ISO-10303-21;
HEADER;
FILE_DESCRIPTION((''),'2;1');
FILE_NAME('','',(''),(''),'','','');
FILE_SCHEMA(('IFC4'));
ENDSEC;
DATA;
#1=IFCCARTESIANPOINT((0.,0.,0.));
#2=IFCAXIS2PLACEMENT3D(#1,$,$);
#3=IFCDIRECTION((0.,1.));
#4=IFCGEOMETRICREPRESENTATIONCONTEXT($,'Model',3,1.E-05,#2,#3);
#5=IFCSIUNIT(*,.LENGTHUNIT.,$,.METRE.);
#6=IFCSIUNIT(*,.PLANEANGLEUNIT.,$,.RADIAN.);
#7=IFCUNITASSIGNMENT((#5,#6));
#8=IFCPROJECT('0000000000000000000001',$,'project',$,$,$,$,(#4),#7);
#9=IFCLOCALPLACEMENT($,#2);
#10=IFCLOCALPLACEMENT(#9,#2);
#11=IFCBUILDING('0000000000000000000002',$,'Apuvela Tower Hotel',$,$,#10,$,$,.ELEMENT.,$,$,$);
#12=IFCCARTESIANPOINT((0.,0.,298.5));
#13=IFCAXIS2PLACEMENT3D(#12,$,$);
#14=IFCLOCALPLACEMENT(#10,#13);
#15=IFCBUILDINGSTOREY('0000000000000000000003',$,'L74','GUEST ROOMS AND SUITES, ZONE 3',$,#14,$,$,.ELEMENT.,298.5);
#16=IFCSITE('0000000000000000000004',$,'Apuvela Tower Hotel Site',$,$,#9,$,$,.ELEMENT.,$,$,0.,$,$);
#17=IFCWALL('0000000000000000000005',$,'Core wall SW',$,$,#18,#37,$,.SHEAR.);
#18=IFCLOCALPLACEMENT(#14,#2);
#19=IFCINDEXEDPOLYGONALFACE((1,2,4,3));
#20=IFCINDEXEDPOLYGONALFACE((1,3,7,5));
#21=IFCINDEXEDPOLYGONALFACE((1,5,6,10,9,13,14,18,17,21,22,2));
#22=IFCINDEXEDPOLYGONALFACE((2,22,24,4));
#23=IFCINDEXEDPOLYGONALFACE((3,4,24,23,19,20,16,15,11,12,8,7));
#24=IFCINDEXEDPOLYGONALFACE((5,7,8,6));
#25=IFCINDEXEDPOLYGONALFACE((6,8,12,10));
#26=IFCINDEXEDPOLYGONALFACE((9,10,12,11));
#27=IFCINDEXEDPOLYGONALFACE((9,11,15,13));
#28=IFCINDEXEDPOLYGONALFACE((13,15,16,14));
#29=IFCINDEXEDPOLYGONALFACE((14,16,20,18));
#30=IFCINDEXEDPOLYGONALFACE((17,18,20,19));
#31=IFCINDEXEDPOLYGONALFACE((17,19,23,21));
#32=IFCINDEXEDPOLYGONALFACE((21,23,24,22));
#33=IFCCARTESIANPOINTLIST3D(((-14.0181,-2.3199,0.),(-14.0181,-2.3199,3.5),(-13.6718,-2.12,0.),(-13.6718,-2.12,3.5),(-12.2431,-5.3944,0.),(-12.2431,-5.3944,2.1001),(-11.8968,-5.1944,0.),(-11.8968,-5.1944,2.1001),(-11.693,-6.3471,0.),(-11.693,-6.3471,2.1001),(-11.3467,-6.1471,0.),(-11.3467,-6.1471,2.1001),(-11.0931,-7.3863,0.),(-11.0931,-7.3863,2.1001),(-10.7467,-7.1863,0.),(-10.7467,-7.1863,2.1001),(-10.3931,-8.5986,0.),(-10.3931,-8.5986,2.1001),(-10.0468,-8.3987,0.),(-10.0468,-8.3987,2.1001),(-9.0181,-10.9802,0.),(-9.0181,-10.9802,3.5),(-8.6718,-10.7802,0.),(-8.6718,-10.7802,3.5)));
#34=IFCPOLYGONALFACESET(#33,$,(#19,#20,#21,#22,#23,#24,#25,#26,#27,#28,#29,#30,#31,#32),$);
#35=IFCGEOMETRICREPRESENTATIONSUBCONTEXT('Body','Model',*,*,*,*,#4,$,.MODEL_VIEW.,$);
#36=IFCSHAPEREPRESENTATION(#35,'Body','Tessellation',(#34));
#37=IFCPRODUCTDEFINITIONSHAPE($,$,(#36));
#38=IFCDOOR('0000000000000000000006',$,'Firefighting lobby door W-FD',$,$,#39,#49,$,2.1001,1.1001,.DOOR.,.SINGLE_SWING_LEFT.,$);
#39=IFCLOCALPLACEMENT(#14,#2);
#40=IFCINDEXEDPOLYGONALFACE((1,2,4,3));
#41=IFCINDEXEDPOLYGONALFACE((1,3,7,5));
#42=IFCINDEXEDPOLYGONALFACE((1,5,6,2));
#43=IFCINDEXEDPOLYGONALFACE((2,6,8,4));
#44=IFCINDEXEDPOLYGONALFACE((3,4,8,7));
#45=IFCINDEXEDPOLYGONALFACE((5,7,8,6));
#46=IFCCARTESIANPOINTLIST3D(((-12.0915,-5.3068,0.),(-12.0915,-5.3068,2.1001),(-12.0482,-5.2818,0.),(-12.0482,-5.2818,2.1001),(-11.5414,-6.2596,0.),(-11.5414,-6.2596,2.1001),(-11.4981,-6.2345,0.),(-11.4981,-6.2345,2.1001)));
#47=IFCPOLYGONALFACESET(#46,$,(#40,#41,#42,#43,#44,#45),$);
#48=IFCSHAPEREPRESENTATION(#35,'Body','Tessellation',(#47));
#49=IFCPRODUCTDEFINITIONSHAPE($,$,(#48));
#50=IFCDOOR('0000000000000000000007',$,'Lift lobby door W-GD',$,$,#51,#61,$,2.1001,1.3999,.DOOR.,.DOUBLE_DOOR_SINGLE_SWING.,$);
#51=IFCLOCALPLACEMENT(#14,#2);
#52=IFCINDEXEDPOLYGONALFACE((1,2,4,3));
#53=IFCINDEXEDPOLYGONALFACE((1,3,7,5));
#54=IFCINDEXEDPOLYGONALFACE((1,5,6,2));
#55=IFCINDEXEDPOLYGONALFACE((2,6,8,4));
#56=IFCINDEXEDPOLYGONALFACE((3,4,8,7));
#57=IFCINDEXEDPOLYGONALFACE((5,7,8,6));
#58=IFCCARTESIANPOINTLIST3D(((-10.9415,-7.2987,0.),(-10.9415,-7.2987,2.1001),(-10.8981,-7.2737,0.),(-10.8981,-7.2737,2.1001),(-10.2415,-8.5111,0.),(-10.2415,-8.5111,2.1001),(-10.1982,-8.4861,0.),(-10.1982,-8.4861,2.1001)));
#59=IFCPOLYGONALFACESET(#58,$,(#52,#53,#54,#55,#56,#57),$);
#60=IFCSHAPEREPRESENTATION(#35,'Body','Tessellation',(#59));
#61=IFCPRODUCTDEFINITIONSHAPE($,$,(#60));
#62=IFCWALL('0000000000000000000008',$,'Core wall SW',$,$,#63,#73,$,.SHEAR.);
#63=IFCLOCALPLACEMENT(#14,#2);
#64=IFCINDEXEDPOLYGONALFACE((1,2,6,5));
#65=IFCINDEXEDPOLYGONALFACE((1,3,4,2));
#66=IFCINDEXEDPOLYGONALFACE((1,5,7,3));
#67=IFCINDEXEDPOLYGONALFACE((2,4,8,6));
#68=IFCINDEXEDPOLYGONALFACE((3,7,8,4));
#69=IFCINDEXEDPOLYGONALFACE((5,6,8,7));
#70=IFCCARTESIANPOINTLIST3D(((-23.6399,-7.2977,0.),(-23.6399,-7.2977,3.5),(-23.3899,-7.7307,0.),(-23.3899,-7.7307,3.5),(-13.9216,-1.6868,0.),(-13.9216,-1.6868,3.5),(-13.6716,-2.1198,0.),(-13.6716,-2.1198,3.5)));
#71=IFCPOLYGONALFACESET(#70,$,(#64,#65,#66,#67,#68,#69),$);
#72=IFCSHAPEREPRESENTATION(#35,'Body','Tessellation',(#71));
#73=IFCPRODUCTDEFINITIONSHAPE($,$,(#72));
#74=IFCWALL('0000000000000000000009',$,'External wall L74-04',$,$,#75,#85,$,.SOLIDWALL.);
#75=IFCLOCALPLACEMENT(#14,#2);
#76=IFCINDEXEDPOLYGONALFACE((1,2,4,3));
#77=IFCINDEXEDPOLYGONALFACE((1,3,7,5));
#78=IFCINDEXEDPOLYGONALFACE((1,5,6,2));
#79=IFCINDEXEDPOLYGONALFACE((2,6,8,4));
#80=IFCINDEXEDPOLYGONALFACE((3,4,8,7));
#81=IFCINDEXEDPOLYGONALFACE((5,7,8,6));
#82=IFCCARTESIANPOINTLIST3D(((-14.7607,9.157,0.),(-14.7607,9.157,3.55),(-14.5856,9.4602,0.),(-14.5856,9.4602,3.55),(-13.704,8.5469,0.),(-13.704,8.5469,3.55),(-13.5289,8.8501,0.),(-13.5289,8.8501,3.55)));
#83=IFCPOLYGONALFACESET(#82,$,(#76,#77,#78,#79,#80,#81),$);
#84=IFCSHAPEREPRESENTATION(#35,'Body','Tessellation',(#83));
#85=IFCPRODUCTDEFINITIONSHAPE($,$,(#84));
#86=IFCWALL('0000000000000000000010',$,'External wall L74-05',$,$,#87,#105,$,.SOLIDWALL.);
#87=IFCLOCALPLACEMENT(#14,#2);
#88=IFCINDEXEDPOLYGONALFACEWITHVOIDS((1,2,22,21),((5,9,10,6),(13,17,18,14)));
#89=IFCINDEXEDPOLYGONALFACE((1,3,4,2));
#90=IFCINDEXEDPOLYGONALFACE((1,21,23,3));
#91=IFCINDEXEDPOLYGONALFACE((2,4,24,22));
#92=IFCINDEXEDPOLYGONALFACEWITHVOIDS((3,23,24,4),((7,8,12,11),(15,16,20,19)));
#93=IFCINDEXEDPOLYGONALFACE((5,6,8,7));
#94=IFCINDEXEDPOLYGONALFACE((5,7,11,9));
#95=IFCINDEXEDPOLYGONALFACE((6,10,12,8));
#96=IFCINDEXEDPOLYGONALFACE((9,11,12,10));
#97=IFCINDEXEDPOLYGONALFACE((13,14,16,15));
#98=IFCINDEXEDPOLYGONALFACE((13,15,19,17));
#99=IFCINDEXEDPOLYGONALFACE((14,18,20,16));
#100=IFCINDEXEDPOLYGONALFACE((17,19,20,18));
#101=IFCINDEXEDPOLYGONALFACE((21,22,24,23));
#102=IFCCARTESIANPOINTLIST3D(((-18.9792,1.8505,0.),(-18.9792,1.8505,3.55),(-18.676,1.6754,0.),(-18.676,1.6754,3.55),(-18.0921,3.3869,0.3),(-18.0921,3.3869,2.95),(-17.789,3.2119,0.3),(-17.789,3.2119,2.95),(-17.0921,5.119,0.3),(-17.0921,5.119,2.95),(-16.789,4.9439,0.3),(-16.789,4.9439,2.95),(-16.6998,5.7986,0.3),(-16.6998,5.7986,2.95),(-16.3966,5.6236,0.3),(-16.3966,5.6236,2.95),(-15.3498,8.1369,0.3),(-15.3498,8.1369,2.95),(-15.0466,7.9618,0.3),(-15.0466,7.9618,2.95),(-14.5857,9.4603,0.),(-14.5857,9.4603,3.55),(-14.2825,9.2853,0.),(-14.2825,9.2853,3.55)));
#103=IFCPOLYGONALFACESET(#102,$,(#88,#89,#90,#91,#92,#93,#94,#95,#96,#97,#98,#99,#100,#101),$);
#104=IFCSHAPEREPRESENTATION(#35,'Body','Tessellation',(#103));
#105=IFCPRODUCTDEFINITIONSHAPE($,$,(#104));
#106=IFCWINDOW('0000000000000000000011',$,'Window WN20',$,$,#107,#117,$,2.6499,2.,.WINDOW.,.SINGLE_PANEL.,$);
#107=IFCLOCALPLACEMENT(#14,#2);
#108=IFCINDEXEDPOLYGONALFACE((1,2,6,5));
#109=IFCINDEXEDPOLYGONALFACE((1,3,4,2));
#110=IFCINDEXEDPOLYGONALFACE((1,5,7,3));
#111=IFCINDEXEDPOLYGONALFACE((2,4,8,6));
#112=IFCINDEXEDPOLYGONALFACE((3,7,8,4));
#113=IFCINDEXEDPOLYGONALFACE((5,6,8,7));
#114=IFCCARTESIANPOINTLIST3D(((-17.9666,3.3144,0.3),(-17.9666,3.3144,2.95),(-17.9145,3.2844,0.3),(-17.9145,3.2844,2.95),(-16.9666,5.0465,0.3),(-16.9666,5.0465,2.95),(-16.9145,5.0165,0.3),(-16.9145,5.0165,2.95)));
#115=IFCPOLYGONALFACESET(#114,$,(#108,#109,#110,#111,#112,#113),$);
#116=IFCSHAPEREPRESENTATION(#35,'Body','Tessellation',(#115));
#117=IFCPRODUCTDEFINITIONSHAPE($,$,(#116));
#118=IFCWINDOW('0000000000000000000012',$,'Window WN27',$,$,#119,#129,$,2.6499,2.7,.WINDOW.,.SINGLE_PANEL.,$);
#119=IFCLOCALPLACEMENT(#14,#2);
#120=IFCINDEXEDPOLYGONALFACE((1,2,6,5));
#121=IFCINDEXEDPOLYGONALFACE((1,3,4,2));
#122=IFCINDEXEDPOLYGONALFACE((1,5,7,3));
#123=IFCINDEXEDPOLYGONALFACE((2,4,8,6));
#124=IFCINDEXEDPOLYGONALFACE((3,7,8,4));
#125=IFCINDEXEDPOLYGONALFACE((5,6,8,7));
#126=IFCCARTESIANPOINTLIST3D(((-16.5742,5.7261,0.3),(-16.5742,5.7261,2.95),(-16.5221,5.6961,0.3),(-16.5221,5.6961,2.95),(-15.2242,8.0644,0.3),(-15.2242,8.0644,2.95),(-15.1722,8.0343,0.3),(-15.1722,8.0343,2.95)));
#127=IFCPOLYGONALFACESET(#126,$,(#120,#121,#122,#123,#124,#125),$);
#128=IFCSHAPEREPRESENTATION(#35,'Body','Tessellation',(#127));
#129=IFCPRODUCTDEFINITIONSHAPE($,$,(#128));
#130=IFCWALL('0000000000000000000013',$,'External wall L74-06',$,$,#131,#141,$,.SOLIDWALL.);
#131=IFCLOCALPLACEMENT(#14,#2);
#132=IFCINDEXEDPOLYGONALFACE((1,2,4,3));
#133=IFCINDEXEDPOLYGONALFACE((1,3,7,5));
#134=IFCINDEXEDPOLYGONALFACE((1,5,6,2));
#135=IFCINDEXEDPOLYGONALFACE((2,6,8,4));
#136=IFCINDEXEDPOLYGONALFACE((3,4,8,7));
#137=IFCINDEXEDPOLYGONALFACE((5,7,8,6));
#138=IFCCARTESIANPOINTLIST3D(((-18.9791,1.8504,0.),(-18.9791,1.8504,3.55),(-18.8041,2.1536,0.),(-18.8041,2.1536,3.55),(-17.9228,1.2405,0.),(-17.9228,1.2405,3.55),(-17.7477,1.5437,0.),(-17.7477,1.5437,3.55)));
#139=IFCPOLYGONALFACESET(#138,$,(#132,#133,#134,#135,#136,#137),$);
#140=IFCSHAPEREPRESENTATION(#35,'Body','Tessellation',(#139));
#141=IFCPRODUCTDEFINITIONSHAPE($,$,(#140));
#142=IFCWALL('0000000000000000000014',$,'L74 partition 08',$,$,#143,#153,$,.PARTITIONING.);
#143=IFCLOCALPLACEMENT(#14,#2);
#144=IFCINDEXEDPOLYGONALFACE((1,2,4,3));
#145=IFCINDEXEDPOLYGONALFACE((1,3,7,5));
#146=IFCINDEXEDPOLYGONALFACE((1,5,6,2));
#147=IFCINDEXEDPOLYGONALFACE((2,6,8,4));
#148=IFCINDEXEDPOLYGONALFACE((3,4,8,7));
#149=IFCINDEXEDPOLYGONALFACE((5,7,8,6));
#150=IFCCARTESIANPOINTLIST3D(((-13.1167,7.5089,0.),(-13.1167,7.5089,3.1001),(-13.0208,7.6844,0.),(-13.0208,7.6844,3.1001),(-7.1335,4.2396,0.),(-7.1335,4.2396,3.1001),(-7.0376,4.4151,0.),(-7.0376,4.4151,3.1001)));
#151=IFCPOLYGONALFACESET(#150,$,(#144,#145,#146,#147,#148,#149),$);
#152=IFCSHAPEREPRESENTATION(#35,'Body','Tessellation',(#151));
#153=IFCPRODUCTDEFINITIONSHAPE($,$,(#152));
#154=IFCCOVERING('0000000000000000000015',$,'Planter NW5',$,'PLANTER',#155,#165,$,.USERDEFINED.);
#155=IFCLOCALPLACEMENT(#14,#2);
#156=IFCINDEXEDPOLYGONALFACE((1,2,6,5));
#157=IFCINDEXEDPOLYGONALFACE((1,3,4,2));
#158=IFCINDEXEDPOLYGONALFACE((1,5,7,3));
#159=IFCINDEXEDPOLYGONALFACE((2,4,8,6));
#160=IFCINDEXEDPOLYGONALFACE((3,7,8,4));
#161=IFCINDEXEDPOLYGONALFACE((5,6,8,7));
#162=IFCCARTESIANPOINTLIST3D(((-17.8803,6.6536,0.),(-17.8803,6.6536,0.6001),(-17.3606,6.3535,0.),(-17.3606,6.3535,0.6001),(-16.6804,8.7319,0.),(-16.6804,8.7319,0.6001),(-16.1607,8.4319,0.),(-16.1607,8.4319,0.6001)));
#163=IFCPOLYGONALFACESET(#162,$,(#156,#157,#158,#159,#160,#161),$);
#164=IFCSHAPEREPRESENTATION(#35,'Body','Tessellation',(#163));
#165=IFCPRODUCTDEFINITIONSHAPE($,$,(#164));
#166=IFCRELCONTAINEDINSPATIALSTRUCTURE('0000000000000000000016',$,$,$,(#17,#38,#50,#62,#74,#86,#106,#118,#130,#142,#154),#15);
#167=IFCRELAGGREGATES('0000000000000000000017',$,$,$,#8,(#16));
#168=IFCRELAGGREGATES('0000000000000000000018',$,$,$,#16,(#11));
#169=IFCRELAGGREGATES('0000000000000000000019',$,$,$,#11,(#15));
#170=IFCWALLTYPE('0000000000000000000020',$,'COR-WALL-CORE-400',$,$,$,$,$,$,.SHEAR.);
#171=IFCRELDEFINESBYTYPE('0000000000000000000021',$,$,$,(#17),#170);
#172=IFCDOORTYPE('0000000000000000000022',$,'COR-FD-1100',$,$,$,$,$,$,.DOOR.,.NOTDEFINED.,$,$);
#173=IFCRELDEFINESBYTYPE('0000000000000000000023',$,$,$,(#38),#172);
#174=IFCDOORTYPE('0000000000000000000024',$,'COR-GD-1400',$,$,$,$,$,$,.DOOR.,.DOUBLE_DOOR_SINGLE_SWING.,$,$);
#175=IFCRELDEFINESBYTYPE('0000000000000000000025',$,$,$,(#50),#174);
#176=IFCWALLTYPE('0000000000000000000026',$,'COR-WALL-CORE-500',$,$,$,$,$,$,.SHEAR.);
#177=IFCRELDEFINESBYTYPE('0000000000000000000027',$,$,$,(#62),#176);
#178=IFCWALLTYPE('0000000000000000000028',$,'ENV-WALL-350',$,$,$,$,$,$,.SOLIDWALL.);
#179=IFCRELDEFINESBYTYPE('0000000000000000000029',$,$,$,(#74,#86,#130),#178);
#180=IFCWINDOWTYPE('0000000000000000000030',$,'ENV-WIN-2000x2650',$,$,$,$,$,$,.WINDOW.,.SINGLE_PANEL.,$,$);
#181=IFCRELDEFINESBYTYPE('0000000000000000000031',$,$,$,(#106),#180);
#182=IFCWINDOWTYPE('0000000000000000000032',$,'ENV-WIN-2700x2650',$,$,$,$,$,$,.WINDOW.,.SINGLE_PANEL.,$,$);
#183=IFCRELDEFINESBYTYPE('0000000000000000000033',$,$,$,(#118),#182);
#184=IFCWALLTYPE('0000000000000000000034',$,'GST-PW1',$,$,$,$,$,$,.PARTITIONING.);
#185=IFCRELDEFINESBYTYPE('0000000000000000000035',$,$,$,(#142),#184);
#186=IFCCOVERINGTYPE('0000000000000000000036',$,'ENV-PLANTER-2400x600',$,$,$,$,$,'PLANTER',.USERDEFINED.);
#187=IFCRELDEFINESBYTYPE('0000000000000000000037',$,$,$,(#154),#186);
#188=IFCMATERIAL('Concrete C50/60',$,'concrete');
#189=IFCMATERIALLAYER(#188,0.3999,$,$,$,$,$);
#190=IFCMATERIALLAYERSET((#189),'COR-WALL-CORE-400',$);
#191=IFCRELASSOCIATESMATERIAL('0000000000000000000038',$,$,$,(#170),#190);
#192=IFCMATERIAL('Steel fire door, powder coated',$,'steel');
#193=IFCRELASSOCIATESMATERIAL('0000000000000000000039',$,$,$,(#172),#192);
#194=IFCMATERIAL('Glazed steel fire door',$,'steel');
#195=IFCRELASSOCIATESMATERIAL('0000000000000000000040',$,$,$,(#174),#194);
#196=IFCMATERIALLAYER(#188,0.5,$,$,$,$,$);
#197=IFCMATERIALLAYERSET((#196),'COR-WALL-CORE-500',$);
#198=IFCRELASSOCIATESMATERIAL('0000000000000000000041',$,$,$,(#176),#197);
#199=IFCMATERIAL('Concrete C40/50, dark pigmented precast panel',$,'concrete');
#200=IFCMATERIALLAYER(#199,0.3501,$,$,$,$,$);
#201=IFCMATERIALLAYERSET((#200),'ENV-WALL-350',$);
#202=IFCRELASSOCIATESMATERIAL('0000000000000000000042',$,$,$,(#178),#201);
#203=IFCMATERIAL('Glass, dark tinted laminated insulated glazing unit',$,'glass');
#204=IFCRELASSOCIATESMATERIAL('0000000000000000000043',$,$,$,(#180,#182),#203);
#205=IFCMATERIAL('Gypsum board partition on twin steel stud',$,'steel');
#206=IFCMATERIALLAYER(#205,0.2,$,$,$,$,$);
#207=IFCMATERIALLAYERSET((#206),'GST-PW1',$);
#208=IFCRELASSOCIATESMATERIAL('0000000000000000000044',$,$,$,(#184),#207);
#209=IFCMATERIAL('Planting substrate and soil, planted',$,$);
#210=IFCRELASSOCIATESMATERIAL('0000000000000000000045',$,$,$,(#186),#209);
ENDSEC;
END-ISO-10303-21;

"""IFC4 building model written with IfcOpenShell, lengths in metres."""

from ifc_helpers import new_model, si_unit, direction, frame, frame_2d, origin, origin_2d, place, context, subcontext, project, spatial, rectangle, extrude, material, layer, layer_set, type_object, element, fill, save


model = new_model("IFC4")

# Units and contexts
model_context = context("Model", 3, precision=1e-05, world=origin(), true_north=direction((0.0, 1.0)))
body_context = subcontext(model_context, "Body", "Model", "MODEL_VIEW")
ifc_project = project(units=[si_unit("LENGTHUNIT", "METRE"), si_unit("PLANEANGLEUNIT", "RADIAN")], contexts=[model_context])

# Site, building, storey
site_placement = place(None, origin())
site = spatial("IfcSite", under=ifc_project, at=site_placement, Name="Apuvela Tower Hotel Site", CompositionType="ELEMENT", RefElevation=0.0)
building_placement = place(site_placement, origin())
building = spatial("IfcBuilding", under=site, at=building_placement, Name="Apuvela Tower Hotel", CompositionType="ELEMENT")
storey_placement = place(building_placement, frame((0.0, 0.0, 298.5)))
storey = spatial("IfcBuildingStorey", under=building, at=storey_placement, Name="L74", Description="GUEST ROOMS AND SUITES, ZONE 3", CompositionType="ELEMENT", Elevation=298.5)

# Wall, openings, doors
ifc_material_1 = material(Name="Concrete C50/60", Category="concrete")
ifc_layer_1 = layer(ifc_material_1, 0.3999)
ifc_layer_set_1 = layer_set([ifc_layer_1], Name="COR-WALL-CORE-400")
wall_type_1 = type_object("IfcWallType", Name="COR-WALL-CORE-400", PredefinedType="SHEAR", material=ifc_layer_set_1)
wall_1_placement = place(storey_placement, frame((-13.845, -2.22, 0.0), z_axis=(0.0, 0.0, 1.0), x_axis=(0.500004, -0.866023, 0.0)))
wall_1 = element("IfcWall", 1, at=wall_1_placement, inside=storey, type_object=wall_type_1, Name="Core wall SW", PredefinedType="SHEAR", context=body_context, shape_type="SweptSolid", body=[
    extrude(rectangle(XDim=10.0, YDim=0.3999, at=frame_2d((5.0, 0.0))), origin(), (0.0, 0.0, 1.0), 3.5),
])
opening_1_placement = place(wall_1_placement, frame((3.55, 0.0, 0.0)))
opening_1 = element("IfcOpeningElement", 2, at=opening_1_placement, cuts=wall_1, PredefinedType="OPENING", context=body_context, shape_type="SweptSolid", body=[
    extrude(rectangle(XDim=1.1001, YDim=2.1001, at=frame_2d((0.55, 1.05))), frame((0.0, 0.21, 0.0), z_axis=(0.0, -1.0, 0.0), x_axis=(1.0, 0.0, 0.0)), (0.0, 0.0, 1.0), 0.4199),
])
opening_2_placement = place(wall_1_placement, frame((5.8501, 0.0, 0.0)))
opening_2 = element("IfcOpeningElement", 3, at=opening_2_placement, cuts=wall_1, PredefinedType="OPENING", context=body_context, shape_type="SweptSolid", body=[
    extrude(rectangle(XDim=1.3999, YDim=2.1001, at=frame_2d((0.7, 1.05))), frame((0.0, 0.21, 0.0), z_axis=(0.0, -1.0, 0.0), x_axis=(1.0, 0.0, 0.0)), (0.0, 0.0, 1.0), 0.4199),
])
ifc_material_2 = material(Name="Steel fire door, powder coated", Category="steel")
door_type_1 = type_object("IfcDoorType", Name="COR-FD-1100", OperationType="NOTDEFINED", PredefinedType="DOOR", material=ifc_material_2)
door_1_placement = place(opening_1_placement, frame((1.1001, 0.0, 0.0), z_axis=(0.0, 0.0, 1.0), x_axis=(-1.0, 0.0, 0.0)))
door_1 = element("IfcDoor", 4, at=door_1_placement, inside=storey, type_object=door_type_1, Name="Firefighting lobby door W-FD", OperationType="SINGLE_SWING_LEFT", OverallHeight=2.1001, OverallWidth=1.1001, PredefinedType="DOOR", context=body_context, shape_type="SweptSolid", body=[
    extrude(rectangle(XDim=1.1001, YDim=2.1001, at=frame_2d((0.55, 1.05))), frame((0.0, 0.0249, 0.0), z_axis=(0.0, -1.0, 0.0), x_axis=(1.0, 0.0, 0.0)), (0.0, 0.0, 1.0), 0.05),
])
fill(opening_1, door_1)
ifc_material_3 = material(Name="Glazed steel fire door", Category="steel")
door_type_2 = type_object("IfcDoorType", Name="COR-GD-1400", OperationType="DOUBLE_DOOR_SINGLE_SWING", PredefinedType="DOOR", material=ifc_material_3)
door_2_placement = place(opening_2_placement, frame((1.3999, 0.0, 0.0), z_axis=(0.0, 0.0, 1.0), x_axis=(-1.0, 0.0, 0.0)))
door_2 = element("IfcDoor", 5, at=door_2_placement, inside=storey, type_object=door_type_2, Name="Lift lobby door W-GD", OperationType="DOUBLE_DOOR_SINGLE_SWING", OverallHeight=2.1001, OverallWidth=1.3999, PredefinedType="DOOR", context=body_context, shape_type="SweptSolid", body=[
    extrude(rectangle(XDim=1.3999, YDim=2.1001, at=frame_2d((0.7, 1.05))), frame((0.0, 0.0249, 0.0), z_axis=(0.0, -1.0, 0.0), x_axis=(1.0, 0.0, 0.0)), (0.0, 0.0, 1.0), 0.05),
])
fill(opening_2, door_2)

# Walls
ifc_layer_2 = layer(ifc_material_1, 0.5)
ifc_layer_set_2 = layer_set([ifc_layer_2], Name="COR-WALL-CORE-500")
wall_type_2 = type_object("IfcWallType", Name="COR-WALL-CORE-500", PredefinedType="SHEAR", material=ifc_layer_set_2)
wall_2_placement = place(storey_placement, frame((-13.7966, -1.9033, 0.0), z_axis=(0.0, 0.0, 1.0), x_axis=(-0.866025, -0.5, 0.0)))
element("IfcWall", 6, at=wall_2_placement, inside=storey, type_object=wall_type_2, Name="Core wall SW", PredefinedType="SHEAR", context=body_context, shape_type="SweptSolid", body=[
    extrude(rectangle(XDim=11.2217, YDim=0.5, at=frame_2d((5.6108, 0.0))), origin(), (0.0, 0.0, 1.0), 3.5),
])
ifc_material_4 = material(Name="Concrete C40/50, dark pigmented precast panel", Category="concrete")
ifc_layer_3 = layer(ifc_material_4, 0.3501)
ifc_layer_set_3 = layer_set([ifc_layer_3], Name="ENV-WALL-350")
wall_type_3 = type_object("IfcWallType", Name="ENV-WALL-350", PredefinedType="SOLIDWALL", material=ifc_layer_set_3)
wall_3_placement = place(storey_placement, frame((-13.6165, 8.6985, 0.0), z_axis=(0.0, 0.0, 1.0), x_axis=(-0.866006, 0.500034, 0.0)))
element("IfcWall", 7, at=wall_3_placement, inside=storey, type_object=wall_type_3, Name="External wall L74-04", PredefinedType="SOLIDWALL", context=body_context, shape_type="SweptSolid", body=[
    extrude(rectangle(XDim=1.2202, YDim=0.3501, at=frame_2d((0.6101, 0.0))), origin(), (0.0, 0.0, 1.0), 3.55),
])

# Wall, openings, windows
wall_4_placement = place(storey_placement, frame((-14.4341, 9.3728, 0.0), z_axis=(0.0, 0.0, 1.0), x_axis=(-0.5, -0.866025, 0.0)))
wall_4 = element("IfcWall", 8, at=wall_4_placement, inside=storey, type_object=wall_type_3, Name="External wall L74-05", PredefinedType="SOLIDWALL", context=body_context, shape_type="SweptSolid", body=[
    extrude(rectangle(XDim=8.7871, YDim=0.3501, at=frame_2d((4.3936, 0.0))), origin(), (0.0, 0.0, 1.0), 3.55),
])
opening_3_placement = place(wall_4_placement, frame((1.5281, 0.0, 0.3)))
opening_3 = element("IfcOpeningElement", 9, at=opening_3_placement, cuts=wall_4, PredefinedType="OPENING", context=body_context, shape_type="SweptSolid", body=[
    extrude(rectangle(XDim=2.7, YDim=2.6499, at=frame_2d((1.3501, 1.325))), frame((0.0, 0.1851, 0.0), z_axis=(0.0, -1.0, 0.0), x_axis=(1.0, 0.0, 0.0)), (0.0, 0.0, 1.0), 0.3701),
])
opening_4_placement = place(wall_4_placement, frame((5.0129, 0.0, 0.3)))
opening_4 = element("IfcOpeningElement", 10, at=opening_4_placement, cuts=wall_4, PredefinedType="OPENING", context=body_context, shape_type="SweptSolid", body=[
    extrude(rectangle(XDim=2.0, YDim=2.6499, at=frame_2d((1.0, 1.325))), frame((0.0, 0.1851, 0.0), z_axis=(0.0, -1.0, 0.0), x_axis=(1.0, 0.0, 0.0)), (0.0, 0.0, 1.0), 0.3701),
])
ifc_material_5 = material(Name="Glass, dark tinted laminated insulated glazing unit", Category="glass")
window_type_1 = type_object("IfcWindowType", Name="ENV-WIN-2000x2650", PartitioningType="SINGLE_PANEL", PredefinedType="WINDOW", material=ifc_material_5)
window_1_placement = place(opening_4_placement, origin())
window_1 = element("IfcWindow", 11, at=window_1_placement, inside=storey, type_object=window_type_1, Name="Window WN20", OverallHeight=2.6499, OverallWidth=2.0, PartitioningType="SINGLE_PANEL", PredefinedType="WINDOW", context=body_context, shape_type="SweptSolid", body=[
    extrude(rectangle(XDim=2.0, YDim=2.6499, at=frame_2d((1.0, 1.325))), frame((0.0, 0.03, 0.0), z_axis=(0.0, -1.0, 0.0), x_axis=(1.0, 0.0, 0.0)), (0.0, 0.0, 1.0), 0.0601),
])
fill(opening_4, window_1)
window_type_2 = type_object("IfcWindowType", Name="ENV-WIN-2700x2650", PartitioningType="SINGLE_PANEL", PredefinedType="WINDOW", material=ifc_material_5)
window_2_placement = place(opening_3_placement, origin())
window_2 = element("IfcWindow", 12, at=window_2_placement, inside=storey, type_object=window_type_2, Name="Window WN27", OverallHeight=2.6499, OverallWidth=2.7, PartitioningType="SINGLE_PANEL", PredefinedType="WINDOW", context=body_context, shape_type="SweptSolid", body=[
    extrude(rectangle(XDim=2.7, YDim=2.6499, at=frame_2d((1.3501, 1.325))), frame((0.0, 0.03, 0.0), z_axis=(0.0, -1.0, 0.0), x_axis=(1.0, 0.0, 0.0)), (0.0, 0.0, 1.0), 0.0601),
])
fill(opening_3, window_2)

# Wall
wall_5_placement = place(storey_placement, frame((-18.8916, 2.002, 0.0), z_axis=(0.0, 0.0, 1.0), x_axis=(0.866042, -0.499971, 0.0)))
element("IfcWall", 13, at=wall_5_placement, inside=storey, type_object=wall_type_3, Name="External wall L74-06", PredefinedType="SOLIDWALL", context=body_context, shape_type="SweptSolid", body=[
    extrude(rectangle(XDim=1.2197, YDim=0.3501, at=frame_2d((0.6099, 0.0))), origin(), (0.0, 0.0, 1.0), 3.55),
])

# Wall
ifc_material_6 = material(Name="Gypsum board partition on twin steel stud", Category="steel")
ifc_layer_4 = layer(ifc_material_6, 0.2)
ifc_layer_set_4 = layer_set([ifc_layer_4], Name="GST-PW1")
wall_type_4 = type_object("IfcWallType", Name="GST-PW1", PredefinedType="PARTITIONING", material=ifc_layer_set_4)
wall_6_placement = place(storey_placement, frame((-13.0688, 7.5967, 0.0), z_axis=(0.0, 0.0, 1.0), x_axis=(0.877541, -0.479502, 0.0)))
element("IfcWall", 14, at=wall_6_placement, inside=storey, type_object=wall_type_4, Name="L74 partition 08", PredefinedType="PARTITIONING", context=body_context, shape_type="SweptSolid", body=[
    extrude(rectangle(XDim=6.8181, YDim=0.2, at=frame_2d((3.4092, 0.0))), origin(), (0.0, 0.0, 1.0), 3.1001),
])

# Covering
ifc_material_7 = material(Name="Planting substrate and soil, planted")
covering_type = type_object("IfcCoveringType", Name="ENV-PLANTER-2400x600", ElementType="PLANTER", PredefinedType="USERDEFINED", material=ifc_material_7)
covering_placement = place(storey_placement, frame((-17.0205, 7.5427, 0.0), z_axis=(0.0, 0.0, 1.0), x_axis=(-0.5, -0.866025, 0.0)))
element("IfcCovering", 15, at=covering_placement, inside=storey, type_object=covering_type, Name="Planter NW5", ObjectType="PLANTER", PredefinedType="USERDEFINED", context=body_context, shape_type="SweptSolid", body=[
    extrude(rectangle(XDim=2.3999, YDim=0.6001, at=origin_2d()), origin(), (0.0, 0.0, 1.0), 0.6001),
])

save(model, "model.ifc")
